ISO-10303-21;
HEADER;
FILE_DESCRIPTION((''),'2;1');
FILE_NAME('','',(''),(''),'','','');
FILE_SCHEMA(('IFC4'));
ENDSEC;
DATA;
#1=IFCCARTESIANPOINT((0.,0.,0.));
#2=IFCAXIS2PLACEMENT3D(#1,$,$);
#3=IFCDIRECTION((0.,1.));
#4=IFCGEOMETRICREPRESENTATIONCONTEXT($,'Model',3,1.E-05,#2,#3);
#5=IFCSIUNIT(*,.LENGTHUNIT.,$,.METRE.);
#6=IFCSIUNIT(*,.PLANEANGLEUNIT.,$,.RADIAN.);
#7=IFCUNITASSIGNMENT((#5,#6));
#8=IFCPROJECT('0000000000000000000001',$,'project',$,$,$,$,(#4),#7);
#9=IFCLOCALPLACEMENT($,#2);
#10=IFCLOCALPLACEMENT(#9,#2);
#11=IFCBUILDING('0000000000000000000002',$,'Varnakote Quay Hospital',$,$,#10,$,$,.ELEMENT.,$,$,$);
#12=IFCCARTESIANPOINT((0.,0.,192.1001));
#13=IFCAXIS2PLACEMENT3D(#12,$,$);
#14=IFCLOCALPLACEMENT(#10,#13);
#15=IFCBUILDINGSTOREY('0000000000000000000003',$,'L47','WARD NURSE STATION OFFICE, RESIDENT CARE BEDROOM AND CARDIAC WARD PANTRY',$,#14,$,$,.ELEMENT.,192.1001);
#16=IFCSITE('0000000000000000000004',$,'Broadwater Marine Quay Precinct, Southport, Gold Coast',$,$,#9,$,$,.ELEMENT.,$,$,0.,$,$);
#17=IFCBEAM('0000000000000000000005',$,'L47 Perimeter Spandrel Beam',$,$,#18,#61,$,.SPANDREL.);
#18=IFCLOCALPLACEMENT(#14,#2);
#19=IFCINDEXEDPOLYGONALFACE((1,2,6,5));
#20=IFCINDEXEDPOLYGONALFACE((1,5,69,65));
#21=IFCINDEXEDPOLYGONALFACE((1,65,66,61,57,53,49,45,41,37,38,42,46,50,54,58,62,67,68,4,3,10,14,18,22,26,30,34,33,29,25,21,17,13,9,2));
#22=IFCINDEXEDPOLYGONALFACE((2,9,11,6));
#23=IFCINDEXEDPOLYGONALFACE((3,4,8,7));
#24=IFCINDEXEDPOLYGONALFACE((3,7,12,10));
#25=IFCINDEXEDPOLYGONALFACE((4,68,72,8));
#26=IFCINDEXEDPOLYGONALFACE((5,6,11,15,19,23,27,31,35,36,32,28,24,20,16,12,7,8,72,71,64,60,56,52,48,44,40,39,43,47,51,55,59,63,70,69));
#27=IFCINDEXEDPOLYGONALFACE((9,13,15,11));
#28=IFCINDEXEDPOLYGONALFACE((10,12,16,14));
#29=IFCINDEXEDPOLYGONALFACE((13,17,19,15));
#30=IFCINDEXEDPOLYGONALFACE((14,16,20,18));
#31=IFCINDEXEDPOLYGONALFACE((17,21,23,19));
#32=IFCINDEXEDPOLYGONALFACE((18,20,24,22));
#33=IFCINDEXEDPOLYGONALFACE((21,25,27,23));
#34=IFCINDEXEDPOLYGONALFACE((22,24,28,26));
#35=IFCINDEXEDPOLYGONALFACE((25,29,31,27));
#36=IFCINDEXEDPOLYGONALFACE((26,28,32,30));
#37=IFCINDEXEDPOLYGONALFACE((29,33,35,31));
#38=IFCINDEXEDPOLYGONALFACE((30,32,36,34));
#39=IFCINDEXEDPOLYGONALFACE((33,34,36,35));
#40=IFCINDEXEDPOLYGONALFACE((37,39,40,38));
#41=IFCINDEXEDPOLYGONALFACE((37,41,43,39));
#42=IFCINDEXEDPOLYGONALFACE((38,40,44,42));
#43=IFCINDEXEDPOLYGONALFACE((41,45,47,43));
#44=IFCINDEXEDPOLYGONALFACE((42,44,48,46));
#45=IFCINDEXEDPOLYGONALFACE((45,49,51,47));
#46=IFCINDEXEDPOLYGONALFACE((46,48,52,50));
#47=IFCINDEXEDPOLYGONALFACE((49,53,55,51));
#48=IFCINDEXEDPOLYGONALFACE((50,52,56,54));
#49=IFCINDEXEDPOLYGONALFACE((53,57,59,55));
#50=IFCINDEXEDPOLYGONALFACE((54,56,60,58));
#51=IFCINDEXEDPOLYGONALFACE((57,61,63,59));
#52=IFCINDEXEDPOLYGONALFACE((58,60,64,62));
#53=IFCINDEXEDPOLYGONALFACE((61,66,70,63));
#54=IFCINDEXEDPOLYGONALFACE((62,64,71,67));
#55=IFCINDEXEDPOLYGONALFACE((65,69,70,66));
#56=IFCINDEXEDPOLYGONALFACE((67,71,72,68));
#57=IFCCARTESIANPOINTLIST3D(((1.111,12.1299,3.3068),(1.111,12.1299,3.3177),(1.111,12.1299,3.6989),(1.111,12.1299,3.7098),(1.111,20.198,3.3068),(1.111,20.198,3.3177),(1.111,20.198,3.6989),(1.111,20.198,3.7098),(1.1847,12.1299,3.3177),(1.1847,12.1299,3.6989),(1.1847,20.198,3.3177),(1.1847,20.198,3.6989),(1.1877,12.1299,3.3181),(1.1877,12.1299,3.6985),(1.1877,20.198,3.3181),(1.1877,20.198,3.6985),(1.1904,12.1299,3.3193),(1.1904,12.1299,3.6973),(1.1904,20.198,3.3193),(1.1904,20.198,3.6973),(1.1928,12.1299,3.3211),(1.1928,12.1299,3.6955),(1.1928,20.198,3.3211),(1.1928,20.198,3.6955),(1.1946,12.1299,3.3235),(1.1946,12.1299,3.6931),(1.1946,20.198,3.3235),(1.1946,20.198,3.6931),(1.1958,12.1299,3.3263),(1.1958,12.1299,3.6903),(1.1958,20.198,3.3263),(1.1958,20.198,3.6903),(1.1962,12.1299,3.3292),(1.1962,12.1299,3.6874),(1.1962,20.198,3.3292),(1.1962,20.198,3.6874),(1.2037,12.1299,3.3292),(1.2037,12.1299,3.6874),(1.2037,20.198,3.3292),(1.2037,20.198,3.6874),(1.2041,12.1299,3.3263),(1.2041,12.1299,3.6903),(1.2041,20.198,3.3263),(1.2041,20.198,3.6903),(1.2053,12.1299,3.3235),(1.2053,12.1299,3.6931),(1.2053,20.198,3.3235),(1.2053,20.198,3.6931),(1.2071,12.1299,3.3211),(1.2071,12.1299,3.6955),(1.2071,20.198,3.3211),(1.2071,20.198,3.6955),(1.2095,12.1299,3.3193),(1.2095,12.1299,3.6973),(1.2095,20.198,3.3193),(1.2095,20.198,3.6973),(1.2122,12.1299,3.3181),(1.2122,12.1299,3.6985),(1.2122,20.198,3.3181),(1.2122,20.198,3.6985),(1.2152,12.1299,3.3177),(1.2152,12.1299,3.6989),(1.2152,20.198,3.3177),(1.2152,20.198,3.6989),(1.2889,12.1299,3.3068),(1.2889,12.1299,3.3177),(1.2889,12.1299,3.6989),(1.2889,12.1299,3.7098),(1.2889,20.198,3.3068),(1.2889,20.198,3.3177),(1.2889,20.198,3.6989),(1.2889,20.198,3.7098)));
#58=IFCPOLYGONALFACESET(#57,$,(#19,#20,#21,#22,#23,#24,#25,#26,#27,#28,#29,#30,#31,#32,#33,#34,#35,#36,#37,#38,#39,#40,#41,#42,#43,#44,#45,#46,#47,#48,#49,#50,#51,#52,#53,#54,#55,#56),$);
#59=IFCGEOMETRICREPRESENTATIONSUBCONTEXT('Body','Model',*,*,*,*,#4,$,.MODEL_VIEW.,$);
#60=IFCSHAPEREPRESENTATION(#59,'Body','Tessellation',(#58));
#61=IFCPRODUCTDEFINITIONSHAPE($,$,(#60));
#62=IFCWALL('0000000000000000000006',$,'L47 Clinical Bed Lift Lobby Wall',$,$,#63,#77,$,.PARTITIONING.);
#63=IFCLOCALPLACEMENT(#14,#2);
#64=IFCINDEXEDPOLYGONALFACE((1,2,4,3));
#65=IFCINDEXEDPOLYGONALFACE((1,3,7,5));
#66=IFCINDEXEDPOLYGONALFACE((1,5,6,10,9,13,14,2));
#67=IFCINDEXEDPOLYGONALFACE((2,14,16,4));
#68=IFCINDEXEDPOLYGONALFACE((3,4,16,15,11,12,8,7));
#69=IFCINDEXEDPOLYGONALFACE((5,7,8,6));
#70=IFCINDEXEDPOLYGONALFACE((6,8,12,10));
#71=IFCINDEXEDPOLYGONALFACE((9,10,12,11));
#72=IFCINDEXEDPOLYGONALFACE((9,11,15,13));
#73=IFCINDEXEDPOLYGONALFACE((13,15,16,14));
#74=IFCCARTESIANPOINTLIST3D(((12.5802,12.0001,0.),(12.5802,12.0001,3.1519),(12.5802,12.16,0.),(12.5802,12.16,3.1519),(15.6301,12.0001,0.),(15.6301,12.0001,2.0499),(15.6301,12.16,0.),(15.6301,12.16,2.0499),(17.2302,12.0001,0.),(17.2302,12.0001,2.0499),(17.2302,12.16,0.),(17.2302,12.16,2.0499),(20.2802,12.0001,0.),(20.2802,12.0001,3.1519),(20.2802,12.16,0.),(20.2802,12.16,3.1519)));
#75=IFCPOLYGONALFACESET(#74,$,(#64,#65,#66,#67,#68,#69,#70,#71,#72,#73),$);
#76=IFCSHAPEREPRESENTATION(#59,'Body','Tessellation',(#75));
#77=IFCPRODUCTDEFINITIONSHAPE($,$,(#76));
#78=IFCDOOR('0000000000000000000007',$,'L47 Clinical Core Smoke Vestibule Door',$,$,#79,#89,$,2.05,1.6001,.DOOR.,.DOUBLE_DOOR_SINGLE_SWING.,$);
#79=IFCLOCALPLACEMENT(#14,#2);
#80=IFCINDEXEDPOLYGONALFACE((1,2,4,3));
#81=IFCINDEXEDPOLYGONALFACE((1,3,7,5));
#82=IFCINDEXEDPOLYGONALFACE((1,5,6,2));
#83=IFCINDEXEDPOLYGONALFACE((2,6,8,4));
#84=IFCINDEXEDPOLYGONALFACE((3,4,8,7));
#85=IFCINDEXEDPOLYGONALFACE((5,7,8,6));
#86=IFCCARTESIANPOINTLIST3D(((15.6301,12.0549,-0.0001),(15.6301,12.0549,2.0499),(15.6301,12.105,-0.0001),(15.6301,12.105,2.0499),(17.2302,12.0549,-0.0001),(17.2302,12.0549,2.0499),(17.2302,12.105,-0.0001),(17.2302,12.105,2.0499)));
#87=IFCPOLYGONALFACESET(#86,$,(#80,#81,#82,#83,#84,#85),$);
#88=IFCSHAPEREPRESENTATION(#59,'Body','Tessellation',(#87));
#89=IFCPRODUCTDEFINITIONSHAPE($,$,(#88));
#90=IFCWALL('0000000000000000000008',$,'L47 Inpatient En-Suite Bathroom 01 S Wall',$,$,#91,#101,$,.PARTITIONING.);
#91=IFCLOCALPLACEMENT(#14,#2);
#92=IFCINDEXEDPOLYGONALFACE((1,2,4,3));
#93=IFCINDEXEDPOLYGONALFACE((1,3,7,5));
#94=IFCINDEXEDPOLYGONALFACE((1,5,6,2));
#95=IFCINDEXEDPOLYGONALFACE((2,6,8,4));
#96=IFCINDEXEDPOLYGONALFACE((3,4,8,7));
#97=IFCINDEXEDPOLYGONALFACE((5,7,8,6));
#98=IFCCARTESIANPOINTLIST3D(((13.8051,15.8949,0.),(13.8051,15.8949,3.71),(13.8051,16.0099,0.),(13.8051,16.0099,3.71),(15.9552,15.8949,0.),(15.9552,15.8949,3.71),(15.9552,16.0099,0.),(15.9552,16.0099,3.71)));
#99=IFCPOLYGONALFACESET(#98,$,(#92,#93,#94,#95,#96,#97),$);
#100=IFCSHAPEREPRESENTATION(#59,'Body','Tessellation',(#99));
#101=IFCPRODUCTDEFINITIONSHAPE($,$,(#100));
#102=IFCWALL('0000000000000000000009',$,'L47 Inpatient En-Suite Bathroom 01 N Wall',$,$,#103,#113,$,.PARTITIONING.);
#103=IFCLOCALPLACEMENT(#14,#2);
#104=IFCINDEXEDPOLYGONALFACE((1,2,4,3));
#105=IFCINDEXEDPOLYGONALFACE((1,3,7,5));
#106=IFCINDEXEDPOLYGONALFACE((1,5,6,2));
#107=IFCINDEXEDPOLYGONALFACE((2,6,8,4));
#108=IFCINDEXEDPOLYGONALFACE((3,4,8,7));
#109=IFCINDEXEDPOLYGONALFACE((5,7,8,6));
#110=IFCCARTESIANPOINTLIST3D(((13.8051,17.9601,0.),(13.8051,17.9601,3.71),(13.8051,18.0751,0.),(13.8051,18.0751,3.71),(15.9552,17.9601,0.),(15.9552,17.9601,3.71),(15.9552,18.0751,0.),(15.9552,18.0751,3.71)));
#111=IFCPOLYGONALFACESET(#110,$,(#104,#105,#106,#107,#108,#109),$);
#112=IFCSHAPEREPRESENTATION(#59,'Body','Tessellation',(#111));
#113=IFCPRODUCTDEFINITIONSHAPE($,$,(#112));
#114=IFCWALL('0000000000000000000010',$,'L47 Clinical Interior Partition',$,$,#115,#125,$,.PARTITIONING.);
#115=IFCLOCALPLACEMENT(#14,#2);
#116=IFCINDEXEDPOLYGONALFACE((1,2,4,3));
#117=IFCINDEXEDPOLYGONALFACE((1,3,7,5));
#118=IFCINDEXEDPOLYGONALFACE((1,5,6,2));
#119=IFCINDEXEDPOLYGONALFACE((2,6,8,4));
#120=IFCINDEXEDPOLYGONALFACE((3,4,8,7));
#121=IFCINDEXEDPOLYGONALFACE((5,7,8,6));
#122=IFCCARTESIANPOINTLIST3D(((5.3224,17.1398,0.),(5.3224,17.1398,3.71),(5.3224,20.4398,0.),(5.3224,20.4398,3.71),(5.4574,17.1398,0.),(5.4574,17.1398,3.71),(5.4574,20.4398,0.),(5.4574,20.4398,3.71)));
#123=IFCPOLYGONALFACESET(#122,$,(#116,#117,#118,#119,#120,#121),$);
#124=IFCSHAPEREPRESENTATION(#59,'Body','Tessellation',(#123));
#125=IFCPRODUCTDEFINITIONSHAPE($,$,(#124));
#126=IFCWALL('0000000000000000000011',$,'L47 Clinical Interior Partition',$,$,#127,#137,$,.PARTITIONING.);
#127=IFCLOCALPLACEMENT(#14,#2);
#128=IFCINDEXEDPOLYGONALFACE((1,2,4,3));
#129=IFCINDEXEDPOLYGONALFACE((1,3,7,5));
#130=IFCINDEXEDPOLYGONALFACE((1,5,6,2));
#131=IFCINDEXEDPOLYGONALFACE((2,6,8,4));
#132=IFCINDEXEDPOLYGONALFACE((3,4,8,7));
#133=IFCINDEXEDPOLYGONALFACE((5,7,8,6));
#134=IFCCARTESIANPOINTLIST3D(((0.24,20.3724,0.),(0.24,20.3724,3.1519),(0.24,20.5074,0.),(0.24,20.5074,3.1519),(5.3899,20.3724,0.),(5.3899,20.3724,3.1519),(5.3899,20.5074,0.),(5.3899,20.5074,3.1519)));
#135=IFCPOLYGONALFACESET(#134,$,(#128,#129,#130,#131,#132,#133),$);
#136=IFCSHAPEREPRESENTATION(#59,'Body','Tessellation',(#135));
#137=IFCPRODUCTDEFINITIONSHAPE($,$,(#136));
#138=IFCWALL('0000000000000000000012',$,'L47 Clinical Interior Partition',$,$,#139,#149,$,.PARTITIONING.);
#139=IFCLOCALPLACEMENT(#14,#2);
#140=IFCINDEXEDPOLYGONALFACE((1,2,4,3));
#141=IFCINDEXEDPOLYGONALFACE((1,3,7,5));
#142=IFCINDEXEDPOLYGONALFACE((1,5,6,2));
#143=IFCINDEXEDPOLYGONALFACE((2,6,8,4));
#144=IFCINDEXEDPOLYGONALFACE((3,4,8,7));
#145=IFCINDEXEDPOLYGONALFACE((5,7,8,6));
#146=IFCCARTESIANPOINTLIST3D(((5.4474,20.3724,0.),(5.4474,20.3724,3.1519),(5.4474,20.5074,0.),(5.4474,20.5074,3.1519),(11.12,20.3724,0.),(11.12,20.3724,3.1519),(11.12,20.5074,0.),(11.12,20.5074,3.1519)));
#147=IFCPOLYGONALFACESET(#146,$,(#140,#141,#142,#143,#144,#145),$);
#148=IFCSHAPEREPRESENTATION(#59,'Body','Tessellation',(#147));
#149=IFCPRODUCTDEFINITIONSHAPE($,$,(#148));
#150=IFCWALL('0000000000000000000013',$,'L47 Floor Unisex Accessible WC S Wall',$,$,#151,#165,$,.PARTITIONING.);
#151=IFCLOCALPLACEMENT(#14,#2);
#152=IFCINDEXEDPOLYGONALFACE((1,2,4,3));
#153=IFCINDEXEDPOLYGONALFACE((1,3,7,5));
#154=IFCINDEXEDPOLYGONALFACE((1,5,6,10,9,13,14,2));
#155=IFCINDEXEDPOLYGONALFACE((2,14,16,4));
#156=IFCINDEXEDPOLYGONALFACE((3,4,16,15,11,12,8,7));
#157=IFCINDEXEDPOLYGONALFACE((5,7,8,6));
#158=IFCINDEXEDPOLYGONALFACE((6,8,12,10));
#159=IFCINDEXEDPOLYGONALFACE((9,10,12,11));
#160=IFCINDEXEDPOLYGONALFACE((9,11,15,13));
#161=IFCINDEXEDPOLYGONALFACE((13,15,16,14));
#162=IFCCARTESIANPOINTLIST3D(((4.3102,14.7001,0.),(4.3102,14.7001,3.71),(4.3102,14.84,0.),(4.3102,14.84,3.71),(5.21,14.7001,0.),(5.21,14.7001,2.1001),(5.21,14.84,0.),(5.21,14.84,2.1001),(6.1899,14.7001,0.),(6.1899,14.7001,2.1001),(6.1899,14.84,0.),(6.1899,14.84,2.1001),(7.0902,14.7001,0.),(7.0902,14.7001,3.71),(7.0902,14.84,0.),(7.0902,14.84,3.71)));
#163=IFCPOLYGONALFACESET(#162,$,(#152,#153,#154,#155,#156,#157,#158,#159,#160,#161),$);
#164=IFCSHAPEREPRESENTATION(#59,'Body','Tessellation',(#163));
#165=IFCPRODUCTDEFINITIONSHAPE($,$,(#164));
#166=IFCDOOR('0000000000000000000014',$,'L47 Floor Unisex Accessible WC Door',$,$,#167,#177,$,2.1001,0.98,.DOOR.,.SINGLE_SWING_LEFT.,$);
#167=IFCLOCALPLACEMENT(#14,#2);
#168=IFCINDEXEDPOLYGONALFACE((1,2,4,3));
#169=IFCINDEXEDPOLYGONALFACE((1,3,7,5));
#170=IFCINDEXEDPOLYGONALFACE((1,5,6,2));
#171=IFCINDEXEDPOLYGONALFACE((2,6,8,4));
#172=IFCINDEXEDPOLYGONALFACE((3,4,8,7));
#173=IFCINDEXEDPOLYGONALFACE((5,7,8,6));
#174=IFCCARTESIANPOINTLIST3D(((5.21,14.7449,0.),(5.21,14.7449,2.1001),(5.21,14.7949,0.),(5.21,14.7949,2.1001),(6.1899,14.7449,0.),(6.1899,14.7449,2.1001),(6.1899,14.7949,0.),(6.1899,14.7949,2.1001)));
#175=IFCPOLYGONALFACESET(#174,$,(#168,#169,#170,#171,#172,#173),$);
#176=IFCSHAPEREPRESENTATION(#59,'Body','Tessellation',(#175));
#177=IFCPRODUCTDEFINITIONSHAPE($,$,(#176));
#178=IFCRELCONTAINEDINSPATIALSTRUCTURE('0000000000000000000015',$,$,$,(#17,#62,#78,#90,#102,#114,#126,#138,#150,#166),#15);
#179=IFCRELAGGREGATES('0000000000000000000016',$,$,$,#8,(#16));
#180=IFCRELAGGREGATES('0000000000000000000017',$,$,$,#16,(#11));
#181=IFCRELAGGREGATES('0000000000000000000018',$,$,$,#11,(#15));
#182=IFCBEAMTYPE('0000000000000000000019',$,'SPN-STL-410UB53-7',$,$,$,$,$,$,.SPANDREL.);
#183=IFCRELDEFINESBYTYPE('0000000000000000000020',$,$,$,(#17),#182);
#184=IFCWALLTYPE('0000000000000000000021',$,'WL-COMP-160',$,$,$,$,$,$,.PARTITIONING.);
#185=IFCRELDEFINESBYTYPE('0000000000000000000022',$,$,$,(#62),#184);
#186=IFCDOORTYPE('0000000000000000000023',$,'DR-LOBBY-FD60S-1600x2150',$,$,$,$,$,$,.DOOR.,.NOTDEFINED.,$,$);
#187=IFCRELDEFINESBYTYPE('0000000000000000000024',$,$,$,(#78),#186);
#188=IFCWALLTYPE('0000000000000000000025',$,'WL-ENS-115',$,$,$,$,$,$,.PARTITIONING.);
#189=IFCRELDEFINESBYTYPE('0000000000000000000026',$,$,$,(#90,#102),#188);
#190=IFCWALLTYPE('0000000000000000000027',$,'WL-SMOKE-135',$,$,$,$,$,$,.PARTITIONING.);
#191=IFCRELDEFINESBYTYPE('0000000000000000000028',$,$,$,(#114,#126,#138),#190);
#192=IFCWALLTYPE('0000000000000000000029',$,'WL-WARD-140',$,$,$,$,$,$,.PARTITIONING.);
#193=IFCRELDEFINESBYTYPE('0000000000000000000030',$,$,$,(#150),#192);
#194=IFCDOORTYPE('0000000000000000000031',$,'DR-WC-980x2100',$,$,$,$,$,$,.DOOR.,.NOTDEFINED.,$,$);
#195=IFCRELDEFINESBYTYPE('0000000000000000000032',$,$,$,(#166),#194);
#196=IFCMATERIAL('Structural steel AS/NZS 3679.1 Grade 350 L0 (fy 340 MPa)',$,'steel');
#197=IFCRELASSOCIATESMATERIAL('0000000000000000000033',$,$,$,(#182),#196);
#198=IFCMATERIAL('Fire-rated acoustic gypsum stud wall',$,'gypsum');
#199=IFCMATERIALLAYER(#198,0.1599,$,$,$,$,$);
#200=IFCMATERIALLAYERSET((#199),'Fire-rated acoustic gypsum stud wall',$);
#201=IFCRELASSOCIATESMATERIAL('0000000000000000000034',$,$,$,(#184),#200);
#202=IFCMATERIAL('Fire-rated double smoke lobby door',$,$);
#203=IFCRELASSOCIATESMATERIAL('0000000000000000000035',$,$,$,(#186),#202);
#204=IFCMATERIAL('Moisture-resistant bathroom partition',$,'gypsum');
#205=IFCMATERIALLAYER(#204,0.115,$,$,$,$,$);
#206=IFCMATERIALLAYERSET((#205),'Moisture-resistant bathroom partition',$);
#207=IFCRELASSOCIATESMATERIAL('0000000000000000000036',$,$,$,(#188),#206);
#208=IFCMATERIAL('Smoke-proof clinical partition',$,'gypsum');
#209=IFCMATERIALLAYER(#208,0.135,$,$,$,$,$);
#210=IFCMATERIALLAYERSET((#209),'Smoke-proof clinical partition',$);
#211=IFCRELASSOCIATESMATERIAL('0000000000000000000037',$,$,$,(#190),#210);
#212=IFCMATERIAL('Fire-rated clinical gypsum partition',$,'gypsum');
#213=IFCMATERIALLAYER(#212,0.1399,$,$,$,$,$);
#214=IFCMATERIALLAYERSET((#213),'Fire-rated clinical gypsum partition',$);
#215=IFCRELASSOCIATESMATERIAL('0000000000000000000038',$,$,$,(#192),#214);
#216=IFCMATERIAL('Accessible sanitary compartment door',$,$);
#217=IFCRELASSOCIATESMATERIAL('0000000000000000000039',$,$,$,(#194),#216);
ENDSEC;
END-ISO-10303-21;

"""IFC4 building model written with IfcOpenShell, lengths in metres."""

from ifc_helpers import new_model, si_unit, direction, frame, frame_2d, origin, origin_2d, place, context, subcontext, project, spatial, rectangle, i_section, extrude, material, layer, layer_set, material_profile, profile_set, type_object, element, fill, save


model = new_model("IFC4")

# Units and contexts
model_context = context("Model", 3, precision=1e-05, world=origin(), true_north=direction((0.0, 1.0)))
body_context = subcontext(model_context, "Body", "Model", "MODEL_VIEW")
ifc_project = project(units=[si_unit("LENGTHUNIT", "METRE"), si_unit("PLANEANGLEUNIT", "RADIAN")], contexts=[model_context])

# Site, building, storey
site_placement = place(None, origin())
site = spatial("IfcSite", under=ifc_project, at=site_placement, Name="Broadwater Marine Quay Precinct, Southport, Gold Coast", CompositionType="ELEMENT", RefElevation=0.0)
building_placement = place(site_placement, origin())
building = spatial("IfcBuilding", under=site, at=building_placement, Name="Varnakote Quay Hospital", CompositionType="ELEMENT")
storey_placement = place(building_placement, frame((0.0, 0.0, 192.1001)))
storey = spatial("IfcBuildingStorey", under=building, at=storey_placement, Name="L47", Description="WARD NURSE STATION OFFICE, RESIDENT CARE BEDROOM AND CARDIAC WARD PANTRY", CompositionType="ELEMENT", Elevation=192.1001)

# Beam
ifc_material_1 = material(Name="Structural steel AS/NZS 3679.1 Grade 350 L0 (fy 340 MPa)", Category="steel")
ifc_material_profile_1 = material_profile(ifc_material_1, i_section(OverallWidth=0.178, OverallDepth=0.4031, WebThickness=0.0076, FlangeThickness=0.011, FilletRadius=0.0115, at=origin_2d()), Name="410UB53.7")
ifc_profile_set_1 = profile_set([ifc_material_profile_1], Name="Structural steel AS/NZS 3679.1 Grade 350 L0 (fy 340 MPa)")
beam_type_1 = type_object("IfcBeamType", Name="SPN-STL-410UB53-7", PredefinedType="SPANDREL", material=ifc_profile_set_1)
beam_1_placement = place(storey_placement, frame((1.2, 12.1299, 3.5083), z_axis=(0.0, 1.0, 0.0), x_axis=(-1.0, 0.0, 0.0)))
element("IfcBeam", 1, at=beam_1_placement, inside=storey, type_object=beam_type_1, Name="L47 Perimeter Spandrel Beam", PredefinedType="SPANDREL", context=body_context, shape_type="SweptSolid", body=[
    extrude(i_section(OverallWidth=0.178, OverallDepth=0.4031, WebThickness=0.0076, FlangeThickness=0.011, FilletRadius=0.0115, at=origin_2d()), origin(), (0.0, 0.0, 1.0), 8.0681),
])

# Wall, opening, door
ifc_material_2 = material(Name="Fire-rated acoustic gypsum stud wall", Category="gypsum")
ifc_layer_1 = layer(ifc_material_2, 0.1599)
ifc_layer_set_1 = layer_set([ifc_layer_1], Name="Fire-rated acoustic gypsum stud wall")
wall_type_1 = type_object("IfcWallType", Name="WL-COMP-160", PredefinedType="PARTITIONING", material=ifc_layer_set_1)
wall_1_placement = place(storey_placement, frame((12.5801, 12.0801, 0.0), z_axis=(0.0, 0.0, 1.0), x_axis=(1.0, 0.0, 0.0)))
wall_1 = element("IfcWall", 2, at=wall_1_placement, inside=storey, type_object=wall_type_1, Name="L47 Clinical Bed Lift Lobby Wall", PredefinedType="PARTITIONING", context=body_context, shape_type="SweptSolid", body=[
    extrude(rectangle(XDim=7.7, YDim=0.1599, at=frame_2d((3.8501, 0.0))), origin(), (0.0, 0.0, 1.0), 3.1519),
])
opening_1_placement = place(wall_1_placement, frame((3.05, 0.0, 0.0)))
opening_1 = element("IfcOpeningElement", 3, at=opening_1_placement, cuts=wall_1, PredefinedType="OPENING", context=body_context, shape_type="SweptSolid", body=[
    extrude(rectangle(XDim=1.6001, YDim=2.05, at=frame_2d((0.8, 1.0249))), frame((0.0, 0.0898, 0.0), z_axis=(0.0, -1.0, 0.0), x_axis=(1.0, 0.0, 0.0)), (0.0, 0.0, 1.0), 0.1799),
])
ifc_material_3 = material(Name="Fire-rated double smoke lobby door")
door_type_1 = type_object("IfcDoorType", Name="DR-LOBBY-FD60S-1600x2150", OperationType="NOTDEFINED", PredefinedType="DOOR", material=ifc_material_3)
door_1_placement = place(opening_1_placement, origin())
door_1 = element("IfcDoor", 4, at=door_1_placement, inside=storey, type_object=door_type_1, Name="L47 Clinical Core Smoke Vestibule Door", OperationType="DOUBLE_DOOR_SINGLE_SWING", OverallHeight=2.05, OverallWidth=1.6001, PredefinedType="DOOR", context=body_context, shape_type="SweptSolid", body=[
    extrude(rectangle(XDim=1.6001, YDim=2.05, at=frame_2d((0.8, 1.0249))), frame((0.0, 0.0249, 0.0), z_axis=(0.0, -1.0, 0.0), x_axis=(1.0, 0.0, 0.0)), (0.0, 0.0, 1.0), 0.05),
])
fill(opening_1, door_1)

# Walls
ifc_material_4 = material(Name="Moisture-resistant bathroom partition", Category="gypsum")
ifc_layer_2 = layer(ifc_material_4, 0.115)
ifc_layer_set_2 = layer_set([ifc_layer_2], Name="Moisture-resistant bathroom partition")
wall_type_2 = type_object("IfcWallType", Name="WL-ENS-115", PredefinedType="PARTITIONING", material=ifc_layer_set_2)
for number, where, z_axis, x_axis, name in (
    (5, (13.8049, 15.9524, 0.0), (0.0, 0.0, 1.0), (1.0, 0.0, 0.0), "L47 Inpatient En-Suite Bathroom 01 S Wall"),
    (6, (13.8049, 18.0176, 0.0), (0.0, 0.0, 1.0), (1.0, 0.0, 0.0), "L47 Inpatient En-Suite Bathroom 01 N Wall"),
):
    element("IfcWall", number, at=place(storey_placement, frame(where, z_axis=z_axis, x_axis=x_axis)), inside=storey, type_object=wall_type_2, Name=name, PredefinedType="PARTITIONING", context=body_context, shape_type="SweptSolid", body=[
        extrude(rectangle(XDim=2.1501, YDim=0.115, at=frame_2d((1.0752, 0.0))), origin(), (0.0, 0.0, 1.0), 3.71),
    ])
ifc_material_5 = material(Name="Smoke-proof clinical partition", Category="gypsum")
ifc_layer_3 = layer(ifc_material_5, 0.135)
ifc_layer_set_3 = layer_set([ifc_layer_3], Name="Smoke-proof clinical partition")
wall_type_3 = type_object("IfcWallType", Name="WL-SMOKE-135", PredefinedType="PARTITIONING", material=ifc_layer_set_3)
wall_2_placement = place(storey_placement, frame((5.3899, 17.1399, 0.0), z_axis=(0.0, 0.0, 1.0), x_axis=(0.0, 1.0, 0.0)))
element("IfcWall", 7, at=wall_2_placement, inside=storey, type_object=wall_type_3, Name="L47 Clinical Interior Partition", PredefinedType="PARTITIONING", context=body_context, shape_type="SweptSolid", body=[
    extrude(rectangle(XDim=3.3, YDim=0.135, at=frame_2d((1.6499, 0.0))), origin(), (0.0, 0.0, 1.0), 3.71),
])
wall_3_placement = place(storey_placement, frame((5.3899, 20.4399, 0.0), z_axis=(0.0, 0.0, 1.0), x_axis=(-1.0, 0.0, 0.0)))
element("IfcWall", 8, at=wall_3_placement, inside=storey, type_object=wall_type_3, Name="L47 Clinical Interior Partition", PredefinedType="PARTITIONING", context=body_context, shape_type="SweptSolid", body=[
    extrude(rectangle(XDim=5.1499, YDim=0.135, at=frame_2d((2.575, 0.0))), origin(), (0.0, 0.0, 1.0), 3.1519),
])
wall_4_placement = place(storey_placement, frame((11.1201, 20.4399, 0.0), z_axis=(0.0, 0.0, 1.0), x_axis=(-1.0, 0.0, 0.0)))
element("IfcWall", 9, at=wall_4_placement, inside=storey, type_object=wall_type_3, Name="L47 Clinical Interior Partition", PredefinedType="PARTITIONING", context=body_context, shape_type="SweptSolid", body=[
    extrude(rectangle(XDim=5.6726, YDim=0.135, at=frame_2d((2.8364, 0.0))), origin(), (0.0, 0.0, 1.0), 3.1519),
])

# Wall, opening, door
ifc_material_6 = material(Name="Fire-rated clinical gypsum partition", Category="gypsum")
ifc_layer_4 = layer(ifc_material_6, 0.1399)
ifc_layer_set_4 = layer_set([ifc_layer_4], Name="Fire-rated clinical gypsum partition")
wall_type_4 = type_object("IfcWallType", Name="WL-WARD-140", PredefinedType="PARTITIONING", material=ifc_layer_set_4)
wall_5_placement = place(storey_placement, frame((4.3101, 14.77, 0.0), z_axis=(0.0, 0.0, 1.0), x_axis=(1.0, 0.0, 0.0)))
wall_5 = element("IfcWall", 10, at=wall_5_placement, inside=storey, type_object=wall_type_4, Name="L47 Floor Unisex Accessible WC S Wall", PredefinedType="PARTITIONING", context=body_context, shape_type="SweptSolid", body=[
    extrude(rectangle(XDim=2.78, YDim=0.1399, at=frame_2d((1.3901, 0.0))), origin(), (0.0, 0.0, 1.0), 3.71),
])
opening_2_placement = place(wall_5_placement, frame((0.8999, 0.0, 0.0)))
opening_2 = element("IfcOpeningElement", 11, at=opening_2_placement, cuts=wall_5, PredefinedType="OPENING", context=body_context, shape_type="SweptSolid", body=[
    extrude(rectangle(XDim=0.98, YDim=2.1001, at=frame_2d((0.49, 1.05))), frame((0.0, 0.0798, 0.0), z_axis=(0.0, -1.0, 0.0), x_axis=(1.0, 0.0, 0.0)), (0.0, 0.0, 1.0), 0.1599),
])
ifc_material_7 = material(Name="Accessible sanitary compartment door")
door_type_2 = type_object("IfcDoorType", Name="DR-WC-980x2100", OperationType="NOTDEFINED", PredefinedType="DOOR", material=ifc_material_7)
door_2_placement = place(opening_2_placement, origin())
door_2 = element("IfcDoor", 12, at=door_2_placement, inside=storey, type_object=door_type_2, Name="L47 Floor Unisex Accessible WC Door", OperationType="SINGLE_SWING_LEFT", OverallHeight=2.1001, OverallWidth=0.98, PredefinedType="DOOR", context=body_context, shape_type="SweptSolid", body=[
    extrude(rectangle(XDim=0.98, YDim=2.1001, at=frame_2d((0.49, 1.05))), frame((0.0, 0.0249, 0.0), z_axis=(0.0, -1.0, 0.0), x_axis=(1.0, 0.0, 0.0)), (0.0, 0.0, 1.0), 0.05),
])
fill(opening_2, door_2)

save(model, "model.ifc")
